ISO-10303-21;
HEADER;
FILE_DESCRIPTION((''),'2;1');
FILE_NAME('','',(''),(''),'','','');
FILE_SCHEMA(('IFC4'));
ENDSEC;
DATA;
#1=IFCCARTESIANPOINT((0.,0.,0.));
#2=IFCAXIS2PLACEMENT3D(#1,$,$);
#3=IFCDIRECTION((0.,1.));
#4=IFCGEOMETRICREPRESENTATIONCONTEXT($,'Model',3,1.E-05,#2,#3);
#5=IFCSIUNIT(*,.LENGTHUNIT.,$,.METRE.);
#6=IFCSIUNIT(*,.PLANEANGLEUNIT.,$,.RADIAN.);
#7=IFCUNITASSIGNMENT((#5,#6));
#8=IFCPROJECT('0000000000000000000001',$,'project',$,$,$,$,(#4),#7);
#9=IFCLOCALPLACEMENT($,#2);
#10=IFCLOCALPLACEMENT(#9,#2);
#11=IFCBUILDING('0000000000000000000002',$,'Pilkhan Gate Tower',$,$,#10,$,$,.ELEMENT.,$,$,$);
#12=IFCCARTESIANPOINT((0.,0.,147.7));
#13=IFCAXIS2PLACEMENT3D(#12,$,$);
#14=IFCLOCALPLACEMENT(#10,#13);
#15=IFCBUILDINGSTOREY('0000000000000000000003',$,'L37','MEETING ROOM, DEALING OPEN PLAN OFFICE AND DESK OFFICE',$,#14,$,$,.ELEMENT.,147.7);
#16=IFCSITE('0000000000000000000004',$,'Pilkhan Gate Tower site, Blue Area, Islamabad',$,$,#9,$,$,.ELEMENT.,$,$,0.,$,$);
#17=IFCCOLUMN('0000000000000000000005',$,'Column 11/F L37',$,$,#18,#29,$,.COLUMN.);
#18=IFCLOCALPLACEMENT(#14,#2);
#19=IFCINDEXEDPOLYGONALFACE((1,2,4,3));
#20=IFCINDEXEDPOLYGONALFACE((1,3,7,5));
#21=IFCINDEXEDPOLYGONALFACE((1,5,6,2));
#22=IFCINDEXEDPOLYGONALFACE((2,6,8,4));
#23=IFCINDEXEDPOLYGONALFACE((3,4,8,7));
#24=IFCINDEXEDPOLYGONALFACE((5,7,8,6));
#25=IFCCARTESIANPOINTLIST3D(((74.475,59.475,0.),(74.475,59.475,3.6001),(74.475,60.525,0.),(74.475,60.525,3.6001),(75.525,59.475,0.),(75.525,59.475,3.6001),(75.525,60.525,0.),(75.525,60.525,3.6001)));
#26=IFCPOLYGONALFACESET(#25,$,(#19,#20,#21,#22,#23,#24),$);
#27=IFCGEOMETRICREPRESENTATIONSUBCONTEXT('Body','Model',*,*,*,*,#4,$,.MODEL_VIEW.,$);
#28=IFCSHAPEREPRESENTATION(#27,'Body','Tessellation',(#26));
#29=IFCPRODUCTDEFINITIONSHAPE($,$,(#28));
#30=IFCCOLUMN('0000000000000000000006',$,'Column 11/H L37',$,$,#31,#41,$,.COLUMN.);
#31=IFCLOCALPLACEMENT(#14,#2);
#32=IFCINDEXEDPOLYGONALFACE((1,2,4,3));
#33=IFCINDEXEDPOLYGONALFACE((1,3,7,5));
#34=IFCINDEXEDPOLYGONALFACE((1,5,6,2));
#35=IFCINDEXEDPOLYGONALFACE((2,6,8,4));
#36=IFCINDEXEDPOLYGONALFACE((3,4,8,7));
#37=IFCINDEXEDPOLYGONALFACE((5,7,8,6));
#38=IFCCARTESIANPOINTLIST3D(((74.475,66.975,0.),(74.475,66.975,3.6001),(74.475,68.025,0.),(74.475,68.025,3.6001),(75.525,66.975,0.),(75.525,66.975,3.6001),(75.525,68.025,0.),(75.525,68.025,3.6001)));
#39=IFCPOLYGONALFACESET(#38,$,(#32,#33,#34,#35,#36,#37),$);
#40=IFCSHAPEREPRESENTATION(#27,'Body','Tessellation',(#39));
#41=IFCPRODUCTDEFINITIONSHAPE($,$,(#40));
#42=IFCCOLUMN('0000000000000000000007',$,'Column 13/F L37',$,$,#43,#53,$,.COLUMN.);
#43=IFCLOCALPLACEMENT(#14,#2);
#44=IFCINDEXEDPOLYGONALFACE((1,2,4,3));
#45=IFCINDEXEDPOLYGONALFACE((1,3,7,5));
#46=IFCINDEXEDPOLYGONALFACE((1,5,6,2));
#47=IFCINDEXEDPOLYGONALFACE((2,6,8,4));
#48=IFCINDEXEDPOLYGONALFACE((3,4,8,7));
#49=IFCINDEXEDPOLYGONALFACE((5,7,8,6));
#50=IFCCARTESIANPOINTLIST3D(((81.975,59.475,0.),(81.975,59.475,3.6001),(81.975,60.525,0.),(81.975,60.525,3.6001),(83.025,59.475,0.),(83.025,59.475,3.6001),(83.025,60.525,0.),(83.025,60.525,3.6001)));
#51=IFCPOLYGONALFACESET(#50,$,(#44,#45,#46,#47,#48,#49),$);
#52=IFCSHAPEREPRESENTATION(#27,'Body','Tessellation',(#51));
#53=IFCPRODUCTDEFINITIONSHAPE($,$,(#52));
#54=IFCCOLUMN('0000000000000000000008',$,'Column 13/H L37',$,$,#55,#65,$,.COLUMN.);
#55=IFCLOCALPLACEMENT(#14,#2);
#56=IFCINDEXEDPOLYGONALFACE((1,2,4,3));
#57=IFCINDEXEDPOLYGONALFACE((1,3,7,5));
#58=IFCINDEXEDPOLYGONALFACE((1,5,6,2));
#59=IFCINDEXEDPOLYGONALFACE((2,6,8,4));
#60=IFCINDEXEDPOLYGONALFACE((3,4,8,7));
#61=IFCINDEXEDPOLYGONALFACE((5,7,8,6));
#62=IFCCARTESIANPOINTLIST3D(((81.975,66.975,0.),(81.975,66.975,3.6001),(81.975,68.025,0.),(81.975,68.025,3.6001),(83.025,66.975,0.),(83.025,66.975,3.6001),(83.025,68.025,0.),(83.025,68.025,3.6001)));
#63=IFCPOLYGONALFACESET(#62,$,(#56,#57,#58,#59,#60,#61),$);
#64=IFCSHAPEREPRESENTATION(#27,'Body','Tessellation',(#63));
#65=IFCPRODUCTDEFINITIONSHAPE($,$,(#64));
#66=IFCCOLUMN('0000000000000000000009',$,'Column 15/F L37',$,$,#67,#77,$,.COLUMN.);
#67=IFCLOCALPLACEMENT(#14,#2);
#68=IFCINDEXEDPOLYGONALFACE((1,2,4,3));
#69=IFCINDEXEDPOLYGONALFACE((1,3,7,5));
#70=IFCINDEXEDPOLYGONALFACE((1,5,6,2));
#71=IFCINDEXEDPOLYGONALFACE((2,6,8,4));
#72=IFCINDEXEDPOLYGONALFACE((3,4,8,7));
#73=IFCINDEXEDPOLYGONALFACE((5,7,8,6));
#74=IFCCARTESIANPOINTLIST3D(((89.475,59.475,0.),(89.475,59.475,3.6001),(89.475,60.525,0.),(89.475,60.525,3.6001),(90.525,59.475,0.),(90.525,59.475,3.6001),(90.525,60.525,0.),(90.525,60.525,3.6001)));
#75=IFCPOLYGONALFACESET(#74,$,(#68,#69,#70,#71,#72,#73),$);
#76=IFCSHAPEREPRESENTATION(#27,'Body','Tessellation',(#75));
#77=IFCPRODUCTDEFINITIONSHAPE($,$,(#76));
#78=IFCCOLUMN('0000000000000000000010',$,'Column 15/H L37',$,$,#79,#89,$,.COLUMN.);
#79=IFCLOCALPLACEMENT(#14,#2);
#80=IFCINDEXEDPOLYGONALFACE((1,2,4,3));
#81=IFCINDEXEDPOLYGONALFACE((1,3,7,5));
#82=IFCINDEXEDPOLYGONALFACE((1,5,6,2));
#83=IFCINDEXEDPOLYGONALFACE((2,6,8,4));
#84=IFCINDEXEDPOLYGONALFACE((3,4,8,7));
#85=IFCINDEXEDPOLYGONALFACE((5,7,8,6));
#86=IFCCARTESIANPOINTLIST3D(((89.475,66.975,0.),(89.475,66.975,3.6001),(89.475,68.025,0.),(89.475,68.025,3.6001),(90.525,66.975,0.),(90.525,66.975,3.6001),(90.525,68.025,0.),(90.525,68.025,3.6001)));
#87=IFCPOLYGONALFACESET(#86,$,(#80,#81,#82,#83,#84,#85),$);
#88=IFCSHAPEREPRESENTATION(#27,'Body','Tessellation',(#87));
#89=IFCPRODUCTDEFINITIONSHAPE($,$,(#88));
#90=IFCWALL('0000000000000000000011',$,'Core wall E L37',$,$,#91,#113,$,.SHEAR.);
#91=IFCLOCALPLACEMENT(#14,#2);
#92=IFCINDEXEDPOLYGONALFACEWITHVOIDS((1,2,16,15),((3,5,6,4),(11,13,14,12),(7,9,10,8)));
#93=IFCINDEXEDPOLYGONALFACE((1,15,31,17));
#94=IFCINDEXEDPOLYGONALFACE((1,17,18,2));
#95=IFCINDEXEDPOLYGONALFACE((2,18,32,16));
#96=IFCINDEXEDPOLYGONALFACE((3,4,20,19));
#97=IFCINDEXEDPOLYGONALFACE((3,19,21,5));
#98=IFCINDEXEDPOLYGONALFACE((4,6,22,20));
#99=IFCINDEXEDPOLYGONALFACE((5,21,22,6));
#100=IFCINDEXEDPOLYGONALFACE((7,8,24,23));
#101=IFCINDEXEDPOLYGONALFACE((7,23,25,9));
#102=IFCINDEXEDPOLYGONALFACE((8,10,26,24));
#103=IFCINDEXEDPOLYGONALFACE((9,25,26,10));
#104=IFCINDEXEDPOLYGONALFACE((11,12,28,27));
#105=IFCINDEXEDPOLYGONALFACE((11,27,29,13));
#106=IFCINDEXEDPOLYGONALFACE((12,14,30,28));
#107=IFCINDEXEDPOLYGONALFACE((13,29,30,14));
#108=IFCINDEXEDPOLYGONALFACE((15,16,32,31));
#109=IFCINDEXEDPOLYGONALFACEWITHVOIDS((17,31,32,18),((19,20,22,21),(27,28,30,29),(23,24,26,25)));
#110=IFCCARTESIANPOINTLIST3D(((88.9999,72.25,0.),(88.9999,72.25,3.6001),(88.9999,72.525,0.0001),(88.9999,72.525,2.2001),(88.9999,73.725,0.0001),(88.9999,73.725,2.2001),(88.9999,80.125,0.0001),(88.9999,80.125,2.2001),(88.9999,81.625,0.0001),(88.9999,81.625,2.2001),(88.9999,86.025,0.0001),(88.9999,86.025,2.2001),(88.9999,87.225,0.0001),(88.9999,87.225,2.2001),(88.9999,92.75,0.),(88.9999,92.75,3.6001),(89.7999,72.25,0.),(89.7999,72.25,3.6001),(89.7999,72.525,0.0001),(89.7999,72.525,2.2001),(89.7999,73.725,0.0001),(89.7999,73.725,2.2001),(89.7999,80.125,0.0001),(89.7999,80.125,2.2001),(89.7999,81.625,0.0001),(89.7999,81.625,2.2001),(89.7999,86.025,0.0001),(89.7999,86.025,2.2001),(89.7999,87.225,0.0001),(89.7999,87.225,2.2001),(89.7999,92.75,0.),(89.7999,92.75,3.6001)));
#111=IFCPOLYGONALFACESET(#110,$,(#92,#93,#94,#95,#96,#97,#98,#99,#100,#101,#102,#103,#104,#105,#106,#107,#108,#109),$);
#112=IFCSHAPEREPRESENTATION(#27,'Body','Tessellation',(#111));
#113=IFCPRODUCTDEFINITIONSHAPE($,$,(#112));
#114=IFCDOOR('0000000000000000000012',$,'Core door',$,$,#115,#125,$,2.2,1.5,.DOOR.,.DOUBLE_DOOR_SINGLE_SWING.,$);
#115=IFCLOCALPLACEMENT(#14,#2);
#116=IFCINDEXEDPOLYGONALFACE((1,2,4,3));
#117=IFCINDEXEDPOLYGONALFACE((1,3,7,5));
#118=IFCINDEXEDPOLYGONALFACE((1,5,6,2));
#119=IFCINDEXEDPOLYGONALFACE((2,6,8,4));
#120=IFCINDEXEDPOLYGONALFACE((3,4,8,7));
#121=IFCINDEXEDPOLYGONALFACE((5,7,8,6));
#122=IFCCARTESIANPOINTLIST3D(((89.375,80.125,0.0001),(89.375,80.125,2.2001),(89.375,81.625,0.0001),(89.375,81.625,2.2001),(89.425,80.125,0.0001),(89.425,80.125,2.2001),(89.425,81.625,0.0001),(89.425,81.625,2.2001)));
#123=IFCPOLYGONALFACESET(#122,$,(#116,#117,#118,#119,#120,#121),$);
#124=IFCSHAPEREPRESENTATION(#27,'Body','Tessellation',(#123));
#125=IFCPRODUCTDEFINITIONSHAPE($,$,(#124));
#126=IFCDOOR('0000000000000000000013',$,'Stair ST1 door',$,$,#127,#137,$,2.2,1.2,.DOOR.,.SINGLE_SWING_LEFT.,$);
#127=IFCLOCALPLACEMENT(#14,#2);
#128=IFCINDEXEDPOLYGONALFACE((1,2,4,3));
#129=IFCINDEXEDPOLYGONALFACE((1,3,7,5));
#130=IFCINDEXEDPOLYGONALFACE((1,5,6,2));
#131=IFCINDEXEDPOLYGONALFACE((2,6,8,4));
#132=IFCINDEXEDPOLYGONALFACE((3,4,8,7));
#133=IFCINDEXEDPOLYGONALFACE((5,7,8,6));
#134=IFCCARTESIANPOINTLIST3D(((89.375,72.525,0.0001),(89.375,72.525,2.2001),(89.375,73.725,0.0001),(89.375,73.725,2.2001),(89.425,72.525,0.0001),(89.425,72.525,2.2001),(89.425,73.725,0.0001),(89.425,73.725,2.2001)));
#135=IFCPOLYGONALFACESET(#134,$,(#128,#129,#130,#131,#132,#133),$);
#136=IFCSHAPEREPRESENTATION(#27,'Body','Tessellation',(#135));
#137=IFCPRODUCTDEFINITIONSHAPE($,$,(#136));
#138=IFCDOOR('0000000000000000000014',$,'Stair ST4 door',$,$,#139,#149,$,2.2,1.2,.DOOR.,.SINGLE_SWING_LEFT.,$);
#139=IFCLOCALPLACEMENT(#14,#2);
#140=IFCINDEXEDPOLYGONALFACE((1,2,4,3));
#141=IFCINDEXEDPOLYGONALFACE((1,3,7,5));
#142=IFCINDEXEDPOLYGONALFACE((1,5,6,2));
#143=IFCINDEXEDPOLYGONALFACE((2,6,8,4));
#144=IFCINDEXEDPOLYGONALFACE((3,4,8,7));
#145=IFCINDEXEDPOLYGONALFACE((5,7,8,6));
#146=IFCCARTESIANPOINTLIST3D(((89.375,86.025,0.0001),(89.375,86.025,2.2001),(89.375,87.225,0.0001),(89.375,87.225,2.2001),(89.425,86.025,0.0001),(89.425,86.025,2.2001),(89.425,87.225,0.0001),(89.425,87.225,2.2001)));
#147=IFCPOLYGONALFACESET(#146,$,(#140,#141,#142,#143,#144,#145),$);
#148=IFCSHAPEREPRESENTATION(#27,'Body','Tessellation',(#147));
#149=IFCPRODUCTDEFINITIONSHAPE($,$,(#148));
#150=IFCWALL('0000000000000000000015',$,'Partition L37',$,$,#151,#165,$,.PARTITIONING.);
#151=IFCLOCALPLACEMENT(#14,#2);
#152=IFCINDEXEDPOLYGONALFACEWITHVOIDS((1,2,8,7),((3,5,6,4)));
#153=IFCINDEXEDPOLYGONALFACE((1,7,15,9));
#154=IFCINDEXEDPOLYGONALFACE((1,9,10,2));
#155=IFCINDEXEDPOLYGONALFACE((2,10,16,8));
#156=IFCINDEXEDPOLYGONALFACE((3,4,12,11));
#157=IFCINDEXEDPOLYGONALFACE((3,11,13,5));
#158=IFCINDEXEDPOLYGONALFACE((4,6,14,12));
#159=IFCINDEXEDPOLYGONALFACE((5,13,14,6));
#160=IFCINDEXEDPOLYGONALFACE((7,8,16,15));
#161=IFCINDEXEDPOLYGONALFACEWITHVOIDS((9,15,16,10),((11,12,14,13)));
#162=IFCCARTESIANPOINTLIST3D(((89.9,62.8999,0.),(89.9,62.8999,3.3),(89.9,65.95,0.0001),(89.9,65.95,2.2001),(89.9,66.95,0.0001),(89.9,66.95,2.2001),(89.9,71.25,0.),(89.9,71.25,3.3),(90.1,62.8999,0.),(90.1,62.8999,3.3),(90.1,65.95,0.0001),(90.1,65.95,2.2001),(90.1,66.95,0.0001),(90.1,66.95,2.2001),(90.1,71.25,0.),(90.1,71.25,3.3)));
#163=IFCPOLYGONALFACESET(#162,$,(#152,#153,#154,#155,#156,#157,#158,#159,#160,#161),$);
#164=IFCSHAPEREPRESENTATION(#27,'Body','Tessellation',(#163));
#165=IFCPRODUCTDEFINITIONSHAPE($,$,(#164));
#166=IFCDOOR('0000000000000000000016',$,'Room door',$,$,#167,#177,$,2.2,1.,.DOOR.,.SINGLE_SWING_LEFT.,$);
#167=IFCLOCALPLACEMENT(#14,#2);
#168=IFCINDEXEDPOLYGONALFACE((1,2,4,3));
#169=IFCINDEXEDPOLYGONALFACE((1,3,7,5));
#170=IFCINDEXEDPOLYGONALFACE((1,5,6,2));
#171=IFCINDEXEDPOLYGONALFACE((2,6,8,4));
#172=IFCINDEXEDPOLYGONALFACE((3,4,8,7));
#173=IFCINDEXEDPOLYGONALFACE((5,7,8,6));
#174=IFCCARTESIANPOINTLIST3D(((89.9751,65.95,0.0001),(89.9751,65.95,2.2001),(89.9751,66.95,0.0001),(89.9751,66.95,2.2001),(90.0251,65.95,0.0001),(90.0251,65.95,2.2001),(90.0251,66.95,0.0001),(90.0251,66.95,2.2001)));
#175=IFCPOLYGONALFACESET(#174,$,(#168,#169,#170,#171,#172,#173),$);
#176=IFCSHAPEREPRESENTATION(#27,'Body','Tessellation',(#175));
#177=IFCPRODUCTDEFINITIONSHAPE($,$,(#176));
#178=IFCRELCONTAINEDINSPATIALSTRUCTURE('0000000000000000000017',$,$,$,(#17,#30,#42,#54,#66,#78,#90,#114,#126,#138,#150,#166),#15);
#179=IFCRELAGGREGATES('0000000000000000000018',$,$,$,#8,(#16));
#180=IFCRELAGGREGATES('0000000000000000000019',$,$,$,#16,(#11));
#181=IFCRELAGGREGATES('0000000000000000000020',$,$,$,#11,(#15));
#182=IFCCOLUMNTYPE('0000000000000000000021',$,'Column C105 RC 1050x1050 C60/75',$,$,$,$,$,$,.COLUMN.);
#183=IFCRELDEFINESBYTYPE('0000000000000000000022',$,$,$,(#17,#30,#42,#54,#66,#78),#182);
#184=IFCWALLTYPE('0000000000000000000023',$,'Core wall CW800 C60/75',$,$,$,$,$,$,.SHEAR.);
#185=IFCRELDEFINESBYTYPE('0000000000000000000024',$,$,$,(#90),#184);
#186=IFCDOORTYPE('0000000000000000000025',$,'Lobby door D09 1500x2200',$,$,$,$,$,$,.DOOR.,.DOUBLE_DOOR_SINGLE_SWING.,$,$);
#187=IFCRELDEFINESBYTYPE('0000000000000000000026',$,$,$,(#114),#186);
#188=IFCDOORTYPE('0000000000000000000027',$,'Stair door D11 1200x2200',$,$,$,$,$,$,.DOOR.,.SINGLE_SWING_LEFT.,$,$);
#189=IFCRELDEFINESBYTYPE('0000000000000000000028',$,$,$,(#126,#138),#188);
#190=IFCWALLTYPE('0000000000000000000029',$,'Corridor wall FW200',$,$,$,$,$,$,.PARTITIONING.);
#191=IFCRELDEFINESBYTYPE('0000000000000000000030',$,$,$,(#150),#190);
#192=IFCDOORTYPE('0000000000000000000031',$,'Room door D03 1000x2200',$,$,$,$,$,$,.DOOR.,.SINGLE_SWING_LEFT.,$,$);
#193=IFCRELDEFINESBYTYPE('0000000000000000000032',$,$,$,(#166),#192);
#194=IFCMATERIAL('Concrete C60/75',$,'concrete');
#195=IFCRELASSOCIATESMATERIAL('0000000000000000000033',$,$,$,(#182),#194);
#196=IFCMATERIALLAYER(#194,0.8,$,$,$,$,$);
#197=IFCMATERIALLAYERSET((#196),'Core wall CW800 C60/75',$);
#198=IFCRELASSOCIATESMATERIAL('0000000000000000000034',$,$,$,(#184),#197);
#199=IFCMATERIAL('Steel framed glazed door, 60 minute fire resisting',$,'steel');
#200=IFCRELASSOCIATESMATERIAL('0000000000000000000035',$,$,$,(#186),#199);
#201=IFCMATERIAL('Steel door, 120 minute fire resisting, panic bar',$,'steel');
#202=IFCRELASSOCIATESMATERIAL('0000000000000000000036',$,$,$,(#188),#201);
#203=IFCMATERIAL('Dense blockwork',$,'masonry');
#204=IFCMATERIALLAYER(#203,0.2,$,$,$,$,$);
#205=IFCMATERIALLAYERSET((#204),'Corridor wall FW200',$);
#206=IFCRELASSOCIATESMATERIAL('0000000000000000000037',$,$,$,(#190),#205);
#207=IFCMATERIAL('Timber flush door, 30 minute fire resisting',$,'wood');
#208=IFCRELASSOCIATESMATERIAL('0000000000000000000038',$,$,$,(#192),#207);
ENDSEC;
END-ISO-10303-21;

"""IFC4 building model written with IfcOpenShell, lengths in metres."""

from ifc_helpers import new_model, si_unit, direction, frame, frame_2d, origin, origin_2d, place, context, subcontext, project, spatial, rectangle, extrude, material, layer, layer_set, material_profile, profile_set, type_object, element, fill, save


model = new_model("IFC4")

# Units and contexts
model_context = context("Model", 3, precision=1e-05, world=origin(), true_north=direction((0.0, 1.0)))
body_context = subcontext(model_context, "Body", "Model", "MODEL_VIEW")
ifc_project = project(units=[si_unit("LENGTHUNIT", "METRE"), si_unit("PLANEANGLEUNIT", "RADIAN")], contexts=[model_context])

# Site, building, storey
site_placement = place(None, origin())
site = spatial("IfcSite", under=ifc_project, at=site_placement, Name="Pilkhan Gate Tower site, Blue Area, Islamabad", CompositionType="ELEMENT", RefElevation=0.0)
building_placement = place(site_placement, origin())
building = spatial("IfcBuilding", under=site, at=building_placement, Name="Pilkhan Gate Tower", CompositionType="ELEMENT")
storey_placement = place(building_placement, frame((0.0, 0.0, 147.7)))
storey = spatial("IfcBuildingStorey", under=building, at=storey_placement, Name="L37", Description="MEETING ROOM, DEALING OPEN PLAN OFFICE AND DESK OFFICE", CompositionType="ELEMENT", Elevation=147.7)

# Columns
ifc_material_1 = material(Name="Concrete C60/75", Category="concrete")
ifc_material_profile = material_profile(ifc_material_1, rectangle(XDim=1.05, YDim=1.05, at=origin_2d()), Name="RC 1050x1050")
ifc_profile_set = profile_set([ifc_material_profile], Name="Concrete C60/75")
column_type = type_object("IfcColumnType", Name="Column C105 RC 1050x1050 C60/75", PredefinedType="COLUMN", material=ifc_profile_set)
for number, where, z_axis, x_axis, name in (
    (1, (75.0, 60.0, 0.0), (0.0, 0.0, 1.0), (1.0, 0.0, 0.0), "Column 11/F L37"),
    (2, (75.0, 67.5, 0.0), (0.0, 0.0, 1.0), (1.0, 0.0, 0.0), "Column 11/H L37"),
    (3, (82.5, 60.0, 0.0), (0.0, 0.0, 1.0), (1.0, 0.0, 0.0), "Column 13/F L37"),
    (4, (82.5, 67.5, 0.0), (0.0, 0.0, 1.0), (1.0, 0.0, 0.0), "Column 13/H L37"),
    (5, (90.0, 60.0, 0.0), (0.0, 0.0, 1.0), (1.0, 0.0, 0.0), "Column 15/F L37"),
    (6, (90.0, 67.5, 0.0), (0.0, 0.0, 1.0), (1.0, 0.0, 0.0), "Column 15/H L37"),
):
    element("IfcColumn", number, at=place(storey_placement, frame(where, z_axis=z_axis, x_axis=x_axis)), inside=storey, type_object=column_type, Name=name, PredefinedType="COLUMN", context=body_context, shape_type="SweptSolid", body=[
        extrude(rectangle(XDim=1.05, YDim=1.05, at=origin_2d()), origin(), (0.0, 0.0, 1.0), 3.6001),
    ])

# Wall, openings, doors
ifc_layer_1 = layer(ifc_material_1, 0.8)
ifc_layer_set_1 = layer_set([ifc_layer_1], Name="Core wall CW800 C60/75")
wall_type_1 = type_object("IfcWallType", Name="Core wall CW800 C60/75", PredefinedType="SHEAR", material=ifc_layer_set_1)
wall_1_placement = place(storey_placement, frame((89.3999, 72.25, 0.0), z_axis=(0.0, 0.0, 1.0), x_axis=(0.0, 1.0, 0.0)))
wall_1 = element("IfcWall", 7, at=wall_1_placement, inside=storey, type_object=wall_type_1, Name="Core wall E L37", PredefinedType="SHEAR", context=body_context, shape_type="SweptSolid", body=[
    extrude(rectangle(XDim=20.5, YDim=0.8, at=frame_2d((10.25, 0.0))), origin(), (0.0, 0.0, 1.0), 3.6001),
])
opening_1_placement = place(wall_1_placement, frame((0.2749, 0.0, 0.0)))
opening_1 = element("IfcOpeningElement", 8, at=opening_1_placement, cuts=wall_1, PredefinedType="OPENING", context=body_context, shape_type="SweptSolid", body=[
    extrude(rectangle(XDim=1.2, YDim=2.2, at=frame_2d((0.6001, 1.1001))), frame((0.0, 0.4099, 0.0), z_axis=(0.0, -1.0, 0.0), x_axis=(1.0, 0.0, 0.0)), (0.0, 0.0, 1.0), 0.8201),
])
opening_2_placement = place(wall_1_placement, frame((13.7749, 0.0, 0.0)))
opening_2 = element("IfcOpeningElement", 9, at=opening_2_placement, cuts=wall_1, PredefinedType="OPENING", context=body_context, shape_type="SweptSolid", body=[
    extrude(rectangle(XDim=1.2, YDim=2.2, at=frame_2d((0.6001, 1.1001))), frame((0.0, 0.4099, 0.0), z_axis=(0.0, -1.0, 0.0), x_axis=(1.0, 0.0, 0.0)), (0.0, 0.0, 1.0), 0.8201),
])
opening_3_placement = place(wall_1_placement, frame((7.875, 0.0, 0.0)))
opening_3 = element("IfcOpeningElement", 10, at=opening_3_placement, cuts=wall_1, PredefinedType="OPENING", context=body_context, shape_type="SweptSolid", body=[
    extrude(rectangle(XDim=1.5, YDim=2.2, at=frame_2d((0.75, 1.1001))), frame((0.0, 0.4099, 0.0), z_axis=(0.0, -1.0, 0.0), x_axis=(1.0, 0.0, 0.0)), (0.0, 0.0, 1.0), 0.8201),
])
ifc_material_2 = material(Name="Steel framed glazed door, 60 minute fire resisting", Category="steel")
door_type_1 = type_object("IfcDoorType", Name="Lobby door D09 1500x2200", OperationType="DOUBLE_DOOR_SINGLE_SWING", PredefinedType="DOOR", material=ifc_material_2)
door_1_placement = place(opening_3_placement, origin())
door_1 = element("IfcDoor", 11, at=door_1_placement, inside=storey, type_object=door_type_1, Name="Core door", OperationType="DOUBLE_DOOR_SINGLE_SWING", OverallHeight=2.2, OverallWidth=1.5, PredefinedType="DOOR", context=body_context, shape_type="SweptSolid", body=[
    extrude(rectangle(XDim=1.5, YDim=2.2, at=frame_2d((0.75, 1.1001))), frame((0.0, 0.0249, 0.0), z_axis=(0.0, -1.0, 0.0), x_axis=(1.0, 0.0, 0.0)), (0.0, 0.0, 1.0), 0.05),
])
fill(opening_3, door_1)
ifc_material_3 = material(Name="Steel door, 120 minute fire resisting, panic bar", Category="steel")
door_type_2 = type_object("IfcDoorType", Name="Stair door D11 1200x2200", OperationType="SINGLE_SWING_LEFT", PredefinedType="DOOR", material=ifc_material_3)
door_2_placement = place(opening_1_placement, origin())
door_2 = element("IfcDoor", 12, at=door_2_placement, inside=storey, type_object=door_type_2, Name="Stair ST1 door", OperationType="SINGLE_SWING_LEFT", OverallHeight=2.2, OverallWidth=1.2, PredefinedType="DOOR", context=body_context, shape_type="SweptSolid", body=[
    extrude(rectangle(XDim=1.2, YDim=2.2, at=frame_2d((0.6001, 1.1001))), frame((0.0, 0.0249, 0.0), z_axis=(0.0, -1.0, 0.0), x_axis=(1.0, 0.0, 0.0)), (0.0, 0.0, 1.0), 0.05),
])
fill(opening_1, door_2)
door_3_placement = place(opening_2_placement, origin())
door_3 = element("IfcDoor", 13, at=door_3_placement, inside=storey, type_object=door_type_2, Name="Stair ST4 door", OperationType="SINGLE_SWING_LEFT", OverallHeight=2.2, OverallWidth=1.2, PredefinedType="DOOR", context=body_context, shape_type="SweptSolid", body=[
    extrude(rectangle(XDim=1.2, YDim=2.2, at=frame_2d((0.6001, 1.1001))), frame((0.0, 0.0249, 0.0), z_axis=(0.0, -1.0, 0.0), x_axis=(1.0, 0.0, 0.0)), (0.0, 0.0, 1.0), 0.05),
])
fill(opening_2, door_3)

# Wall, opening, door
ifc_material_4 = material(Name="Dense blockwork", Category="masonry")
ifc_layer_2 = layer(ifc_material_4, 0.2)
ifc_layer_set_2 = layer_set([ifc_layer_2], Name="Corridor wall FW200")
wall_type_2 = type_object("IfcWallType", Name="Corridor wall FW200", PredefinedType="PARTITIONING", material=ifc_layer_set_2)
wall_2_placement = place(storey_placement, frame((90.0, 62.8999, 0.0), z_axis=(0.0, 0.0, 1.0), x_axis=(0.0, 1.0, 0.0)))
wall_2 = element("IfcWall", 14, at=wall_2_placement, inside=storey, type_object=wall_type_2, Name="Partition L37", PredefinedType="PARTITIONING", context=body_context, shape_type="SweptSolid", body=[
    extrude(rectangle(XDim=8.3501, YDim=0.2, at=frame_2d((4.175, 0.0))), origin(), (0.0, 0.0, 1.0), 3.3),
])
opening_4_placement = place(wall_2_placement, frame((3.05, 0.0, 0.0)))
opening_4 = element("IfcOpeningElement", 15, at=opening_4_placement, cuts=wall_2, PredefinedType="OPENING", context=body_context, shape_type="SweptSolid", body=[
    extrude(rectangle(XDim=1.0, YDim=2.2, at=frame_2d((0.5, 1.1001))), frame((0.0, 0.1099, 0.0), z_axis=(0.0, -1.0, 0.0), x_axis=(1.0, 0.0, 0.0)), (0.0, 0.0, 1.0), 0.22),
])
ifc_material_5 = material(Name="Timber flush door, 30 minute fire resisting", Category="wood")
door_type_3 = type_object("IfcDoorType", Name="Room door D03 1000x2200", OperationType="SINGLE_SWING_LEFT", PredefinedType="DOOR", material=ifc_material_5)
door_4_placement = place(opening_4_placement, origin())
door_4 = element("IfcDoor", 16, at=door_4_placement, inside=storey, type_object=door_type_3, Name="Room door", OperationType="SINGLE_SWING_LEFT", OverallHeight=2.2, OverallWidth=1.0, PredefinedType="DOOR", context=body_context, shape_type="SweptSolid", body=[
    extrude(rectangle(XDim=1.0, YDim=2.2, at=frame_2d((0.5, 1.1001))), frame((0.0, 0.0249, 0.0), z_axis=(0.0, -1.0, 0.0), x_axis=(1.0, 0.0, 0.0)), (0.0, 0.0, 1.0), 0.05),
])
fill(opening_4, door_4)

save(model, "model.ifc")
